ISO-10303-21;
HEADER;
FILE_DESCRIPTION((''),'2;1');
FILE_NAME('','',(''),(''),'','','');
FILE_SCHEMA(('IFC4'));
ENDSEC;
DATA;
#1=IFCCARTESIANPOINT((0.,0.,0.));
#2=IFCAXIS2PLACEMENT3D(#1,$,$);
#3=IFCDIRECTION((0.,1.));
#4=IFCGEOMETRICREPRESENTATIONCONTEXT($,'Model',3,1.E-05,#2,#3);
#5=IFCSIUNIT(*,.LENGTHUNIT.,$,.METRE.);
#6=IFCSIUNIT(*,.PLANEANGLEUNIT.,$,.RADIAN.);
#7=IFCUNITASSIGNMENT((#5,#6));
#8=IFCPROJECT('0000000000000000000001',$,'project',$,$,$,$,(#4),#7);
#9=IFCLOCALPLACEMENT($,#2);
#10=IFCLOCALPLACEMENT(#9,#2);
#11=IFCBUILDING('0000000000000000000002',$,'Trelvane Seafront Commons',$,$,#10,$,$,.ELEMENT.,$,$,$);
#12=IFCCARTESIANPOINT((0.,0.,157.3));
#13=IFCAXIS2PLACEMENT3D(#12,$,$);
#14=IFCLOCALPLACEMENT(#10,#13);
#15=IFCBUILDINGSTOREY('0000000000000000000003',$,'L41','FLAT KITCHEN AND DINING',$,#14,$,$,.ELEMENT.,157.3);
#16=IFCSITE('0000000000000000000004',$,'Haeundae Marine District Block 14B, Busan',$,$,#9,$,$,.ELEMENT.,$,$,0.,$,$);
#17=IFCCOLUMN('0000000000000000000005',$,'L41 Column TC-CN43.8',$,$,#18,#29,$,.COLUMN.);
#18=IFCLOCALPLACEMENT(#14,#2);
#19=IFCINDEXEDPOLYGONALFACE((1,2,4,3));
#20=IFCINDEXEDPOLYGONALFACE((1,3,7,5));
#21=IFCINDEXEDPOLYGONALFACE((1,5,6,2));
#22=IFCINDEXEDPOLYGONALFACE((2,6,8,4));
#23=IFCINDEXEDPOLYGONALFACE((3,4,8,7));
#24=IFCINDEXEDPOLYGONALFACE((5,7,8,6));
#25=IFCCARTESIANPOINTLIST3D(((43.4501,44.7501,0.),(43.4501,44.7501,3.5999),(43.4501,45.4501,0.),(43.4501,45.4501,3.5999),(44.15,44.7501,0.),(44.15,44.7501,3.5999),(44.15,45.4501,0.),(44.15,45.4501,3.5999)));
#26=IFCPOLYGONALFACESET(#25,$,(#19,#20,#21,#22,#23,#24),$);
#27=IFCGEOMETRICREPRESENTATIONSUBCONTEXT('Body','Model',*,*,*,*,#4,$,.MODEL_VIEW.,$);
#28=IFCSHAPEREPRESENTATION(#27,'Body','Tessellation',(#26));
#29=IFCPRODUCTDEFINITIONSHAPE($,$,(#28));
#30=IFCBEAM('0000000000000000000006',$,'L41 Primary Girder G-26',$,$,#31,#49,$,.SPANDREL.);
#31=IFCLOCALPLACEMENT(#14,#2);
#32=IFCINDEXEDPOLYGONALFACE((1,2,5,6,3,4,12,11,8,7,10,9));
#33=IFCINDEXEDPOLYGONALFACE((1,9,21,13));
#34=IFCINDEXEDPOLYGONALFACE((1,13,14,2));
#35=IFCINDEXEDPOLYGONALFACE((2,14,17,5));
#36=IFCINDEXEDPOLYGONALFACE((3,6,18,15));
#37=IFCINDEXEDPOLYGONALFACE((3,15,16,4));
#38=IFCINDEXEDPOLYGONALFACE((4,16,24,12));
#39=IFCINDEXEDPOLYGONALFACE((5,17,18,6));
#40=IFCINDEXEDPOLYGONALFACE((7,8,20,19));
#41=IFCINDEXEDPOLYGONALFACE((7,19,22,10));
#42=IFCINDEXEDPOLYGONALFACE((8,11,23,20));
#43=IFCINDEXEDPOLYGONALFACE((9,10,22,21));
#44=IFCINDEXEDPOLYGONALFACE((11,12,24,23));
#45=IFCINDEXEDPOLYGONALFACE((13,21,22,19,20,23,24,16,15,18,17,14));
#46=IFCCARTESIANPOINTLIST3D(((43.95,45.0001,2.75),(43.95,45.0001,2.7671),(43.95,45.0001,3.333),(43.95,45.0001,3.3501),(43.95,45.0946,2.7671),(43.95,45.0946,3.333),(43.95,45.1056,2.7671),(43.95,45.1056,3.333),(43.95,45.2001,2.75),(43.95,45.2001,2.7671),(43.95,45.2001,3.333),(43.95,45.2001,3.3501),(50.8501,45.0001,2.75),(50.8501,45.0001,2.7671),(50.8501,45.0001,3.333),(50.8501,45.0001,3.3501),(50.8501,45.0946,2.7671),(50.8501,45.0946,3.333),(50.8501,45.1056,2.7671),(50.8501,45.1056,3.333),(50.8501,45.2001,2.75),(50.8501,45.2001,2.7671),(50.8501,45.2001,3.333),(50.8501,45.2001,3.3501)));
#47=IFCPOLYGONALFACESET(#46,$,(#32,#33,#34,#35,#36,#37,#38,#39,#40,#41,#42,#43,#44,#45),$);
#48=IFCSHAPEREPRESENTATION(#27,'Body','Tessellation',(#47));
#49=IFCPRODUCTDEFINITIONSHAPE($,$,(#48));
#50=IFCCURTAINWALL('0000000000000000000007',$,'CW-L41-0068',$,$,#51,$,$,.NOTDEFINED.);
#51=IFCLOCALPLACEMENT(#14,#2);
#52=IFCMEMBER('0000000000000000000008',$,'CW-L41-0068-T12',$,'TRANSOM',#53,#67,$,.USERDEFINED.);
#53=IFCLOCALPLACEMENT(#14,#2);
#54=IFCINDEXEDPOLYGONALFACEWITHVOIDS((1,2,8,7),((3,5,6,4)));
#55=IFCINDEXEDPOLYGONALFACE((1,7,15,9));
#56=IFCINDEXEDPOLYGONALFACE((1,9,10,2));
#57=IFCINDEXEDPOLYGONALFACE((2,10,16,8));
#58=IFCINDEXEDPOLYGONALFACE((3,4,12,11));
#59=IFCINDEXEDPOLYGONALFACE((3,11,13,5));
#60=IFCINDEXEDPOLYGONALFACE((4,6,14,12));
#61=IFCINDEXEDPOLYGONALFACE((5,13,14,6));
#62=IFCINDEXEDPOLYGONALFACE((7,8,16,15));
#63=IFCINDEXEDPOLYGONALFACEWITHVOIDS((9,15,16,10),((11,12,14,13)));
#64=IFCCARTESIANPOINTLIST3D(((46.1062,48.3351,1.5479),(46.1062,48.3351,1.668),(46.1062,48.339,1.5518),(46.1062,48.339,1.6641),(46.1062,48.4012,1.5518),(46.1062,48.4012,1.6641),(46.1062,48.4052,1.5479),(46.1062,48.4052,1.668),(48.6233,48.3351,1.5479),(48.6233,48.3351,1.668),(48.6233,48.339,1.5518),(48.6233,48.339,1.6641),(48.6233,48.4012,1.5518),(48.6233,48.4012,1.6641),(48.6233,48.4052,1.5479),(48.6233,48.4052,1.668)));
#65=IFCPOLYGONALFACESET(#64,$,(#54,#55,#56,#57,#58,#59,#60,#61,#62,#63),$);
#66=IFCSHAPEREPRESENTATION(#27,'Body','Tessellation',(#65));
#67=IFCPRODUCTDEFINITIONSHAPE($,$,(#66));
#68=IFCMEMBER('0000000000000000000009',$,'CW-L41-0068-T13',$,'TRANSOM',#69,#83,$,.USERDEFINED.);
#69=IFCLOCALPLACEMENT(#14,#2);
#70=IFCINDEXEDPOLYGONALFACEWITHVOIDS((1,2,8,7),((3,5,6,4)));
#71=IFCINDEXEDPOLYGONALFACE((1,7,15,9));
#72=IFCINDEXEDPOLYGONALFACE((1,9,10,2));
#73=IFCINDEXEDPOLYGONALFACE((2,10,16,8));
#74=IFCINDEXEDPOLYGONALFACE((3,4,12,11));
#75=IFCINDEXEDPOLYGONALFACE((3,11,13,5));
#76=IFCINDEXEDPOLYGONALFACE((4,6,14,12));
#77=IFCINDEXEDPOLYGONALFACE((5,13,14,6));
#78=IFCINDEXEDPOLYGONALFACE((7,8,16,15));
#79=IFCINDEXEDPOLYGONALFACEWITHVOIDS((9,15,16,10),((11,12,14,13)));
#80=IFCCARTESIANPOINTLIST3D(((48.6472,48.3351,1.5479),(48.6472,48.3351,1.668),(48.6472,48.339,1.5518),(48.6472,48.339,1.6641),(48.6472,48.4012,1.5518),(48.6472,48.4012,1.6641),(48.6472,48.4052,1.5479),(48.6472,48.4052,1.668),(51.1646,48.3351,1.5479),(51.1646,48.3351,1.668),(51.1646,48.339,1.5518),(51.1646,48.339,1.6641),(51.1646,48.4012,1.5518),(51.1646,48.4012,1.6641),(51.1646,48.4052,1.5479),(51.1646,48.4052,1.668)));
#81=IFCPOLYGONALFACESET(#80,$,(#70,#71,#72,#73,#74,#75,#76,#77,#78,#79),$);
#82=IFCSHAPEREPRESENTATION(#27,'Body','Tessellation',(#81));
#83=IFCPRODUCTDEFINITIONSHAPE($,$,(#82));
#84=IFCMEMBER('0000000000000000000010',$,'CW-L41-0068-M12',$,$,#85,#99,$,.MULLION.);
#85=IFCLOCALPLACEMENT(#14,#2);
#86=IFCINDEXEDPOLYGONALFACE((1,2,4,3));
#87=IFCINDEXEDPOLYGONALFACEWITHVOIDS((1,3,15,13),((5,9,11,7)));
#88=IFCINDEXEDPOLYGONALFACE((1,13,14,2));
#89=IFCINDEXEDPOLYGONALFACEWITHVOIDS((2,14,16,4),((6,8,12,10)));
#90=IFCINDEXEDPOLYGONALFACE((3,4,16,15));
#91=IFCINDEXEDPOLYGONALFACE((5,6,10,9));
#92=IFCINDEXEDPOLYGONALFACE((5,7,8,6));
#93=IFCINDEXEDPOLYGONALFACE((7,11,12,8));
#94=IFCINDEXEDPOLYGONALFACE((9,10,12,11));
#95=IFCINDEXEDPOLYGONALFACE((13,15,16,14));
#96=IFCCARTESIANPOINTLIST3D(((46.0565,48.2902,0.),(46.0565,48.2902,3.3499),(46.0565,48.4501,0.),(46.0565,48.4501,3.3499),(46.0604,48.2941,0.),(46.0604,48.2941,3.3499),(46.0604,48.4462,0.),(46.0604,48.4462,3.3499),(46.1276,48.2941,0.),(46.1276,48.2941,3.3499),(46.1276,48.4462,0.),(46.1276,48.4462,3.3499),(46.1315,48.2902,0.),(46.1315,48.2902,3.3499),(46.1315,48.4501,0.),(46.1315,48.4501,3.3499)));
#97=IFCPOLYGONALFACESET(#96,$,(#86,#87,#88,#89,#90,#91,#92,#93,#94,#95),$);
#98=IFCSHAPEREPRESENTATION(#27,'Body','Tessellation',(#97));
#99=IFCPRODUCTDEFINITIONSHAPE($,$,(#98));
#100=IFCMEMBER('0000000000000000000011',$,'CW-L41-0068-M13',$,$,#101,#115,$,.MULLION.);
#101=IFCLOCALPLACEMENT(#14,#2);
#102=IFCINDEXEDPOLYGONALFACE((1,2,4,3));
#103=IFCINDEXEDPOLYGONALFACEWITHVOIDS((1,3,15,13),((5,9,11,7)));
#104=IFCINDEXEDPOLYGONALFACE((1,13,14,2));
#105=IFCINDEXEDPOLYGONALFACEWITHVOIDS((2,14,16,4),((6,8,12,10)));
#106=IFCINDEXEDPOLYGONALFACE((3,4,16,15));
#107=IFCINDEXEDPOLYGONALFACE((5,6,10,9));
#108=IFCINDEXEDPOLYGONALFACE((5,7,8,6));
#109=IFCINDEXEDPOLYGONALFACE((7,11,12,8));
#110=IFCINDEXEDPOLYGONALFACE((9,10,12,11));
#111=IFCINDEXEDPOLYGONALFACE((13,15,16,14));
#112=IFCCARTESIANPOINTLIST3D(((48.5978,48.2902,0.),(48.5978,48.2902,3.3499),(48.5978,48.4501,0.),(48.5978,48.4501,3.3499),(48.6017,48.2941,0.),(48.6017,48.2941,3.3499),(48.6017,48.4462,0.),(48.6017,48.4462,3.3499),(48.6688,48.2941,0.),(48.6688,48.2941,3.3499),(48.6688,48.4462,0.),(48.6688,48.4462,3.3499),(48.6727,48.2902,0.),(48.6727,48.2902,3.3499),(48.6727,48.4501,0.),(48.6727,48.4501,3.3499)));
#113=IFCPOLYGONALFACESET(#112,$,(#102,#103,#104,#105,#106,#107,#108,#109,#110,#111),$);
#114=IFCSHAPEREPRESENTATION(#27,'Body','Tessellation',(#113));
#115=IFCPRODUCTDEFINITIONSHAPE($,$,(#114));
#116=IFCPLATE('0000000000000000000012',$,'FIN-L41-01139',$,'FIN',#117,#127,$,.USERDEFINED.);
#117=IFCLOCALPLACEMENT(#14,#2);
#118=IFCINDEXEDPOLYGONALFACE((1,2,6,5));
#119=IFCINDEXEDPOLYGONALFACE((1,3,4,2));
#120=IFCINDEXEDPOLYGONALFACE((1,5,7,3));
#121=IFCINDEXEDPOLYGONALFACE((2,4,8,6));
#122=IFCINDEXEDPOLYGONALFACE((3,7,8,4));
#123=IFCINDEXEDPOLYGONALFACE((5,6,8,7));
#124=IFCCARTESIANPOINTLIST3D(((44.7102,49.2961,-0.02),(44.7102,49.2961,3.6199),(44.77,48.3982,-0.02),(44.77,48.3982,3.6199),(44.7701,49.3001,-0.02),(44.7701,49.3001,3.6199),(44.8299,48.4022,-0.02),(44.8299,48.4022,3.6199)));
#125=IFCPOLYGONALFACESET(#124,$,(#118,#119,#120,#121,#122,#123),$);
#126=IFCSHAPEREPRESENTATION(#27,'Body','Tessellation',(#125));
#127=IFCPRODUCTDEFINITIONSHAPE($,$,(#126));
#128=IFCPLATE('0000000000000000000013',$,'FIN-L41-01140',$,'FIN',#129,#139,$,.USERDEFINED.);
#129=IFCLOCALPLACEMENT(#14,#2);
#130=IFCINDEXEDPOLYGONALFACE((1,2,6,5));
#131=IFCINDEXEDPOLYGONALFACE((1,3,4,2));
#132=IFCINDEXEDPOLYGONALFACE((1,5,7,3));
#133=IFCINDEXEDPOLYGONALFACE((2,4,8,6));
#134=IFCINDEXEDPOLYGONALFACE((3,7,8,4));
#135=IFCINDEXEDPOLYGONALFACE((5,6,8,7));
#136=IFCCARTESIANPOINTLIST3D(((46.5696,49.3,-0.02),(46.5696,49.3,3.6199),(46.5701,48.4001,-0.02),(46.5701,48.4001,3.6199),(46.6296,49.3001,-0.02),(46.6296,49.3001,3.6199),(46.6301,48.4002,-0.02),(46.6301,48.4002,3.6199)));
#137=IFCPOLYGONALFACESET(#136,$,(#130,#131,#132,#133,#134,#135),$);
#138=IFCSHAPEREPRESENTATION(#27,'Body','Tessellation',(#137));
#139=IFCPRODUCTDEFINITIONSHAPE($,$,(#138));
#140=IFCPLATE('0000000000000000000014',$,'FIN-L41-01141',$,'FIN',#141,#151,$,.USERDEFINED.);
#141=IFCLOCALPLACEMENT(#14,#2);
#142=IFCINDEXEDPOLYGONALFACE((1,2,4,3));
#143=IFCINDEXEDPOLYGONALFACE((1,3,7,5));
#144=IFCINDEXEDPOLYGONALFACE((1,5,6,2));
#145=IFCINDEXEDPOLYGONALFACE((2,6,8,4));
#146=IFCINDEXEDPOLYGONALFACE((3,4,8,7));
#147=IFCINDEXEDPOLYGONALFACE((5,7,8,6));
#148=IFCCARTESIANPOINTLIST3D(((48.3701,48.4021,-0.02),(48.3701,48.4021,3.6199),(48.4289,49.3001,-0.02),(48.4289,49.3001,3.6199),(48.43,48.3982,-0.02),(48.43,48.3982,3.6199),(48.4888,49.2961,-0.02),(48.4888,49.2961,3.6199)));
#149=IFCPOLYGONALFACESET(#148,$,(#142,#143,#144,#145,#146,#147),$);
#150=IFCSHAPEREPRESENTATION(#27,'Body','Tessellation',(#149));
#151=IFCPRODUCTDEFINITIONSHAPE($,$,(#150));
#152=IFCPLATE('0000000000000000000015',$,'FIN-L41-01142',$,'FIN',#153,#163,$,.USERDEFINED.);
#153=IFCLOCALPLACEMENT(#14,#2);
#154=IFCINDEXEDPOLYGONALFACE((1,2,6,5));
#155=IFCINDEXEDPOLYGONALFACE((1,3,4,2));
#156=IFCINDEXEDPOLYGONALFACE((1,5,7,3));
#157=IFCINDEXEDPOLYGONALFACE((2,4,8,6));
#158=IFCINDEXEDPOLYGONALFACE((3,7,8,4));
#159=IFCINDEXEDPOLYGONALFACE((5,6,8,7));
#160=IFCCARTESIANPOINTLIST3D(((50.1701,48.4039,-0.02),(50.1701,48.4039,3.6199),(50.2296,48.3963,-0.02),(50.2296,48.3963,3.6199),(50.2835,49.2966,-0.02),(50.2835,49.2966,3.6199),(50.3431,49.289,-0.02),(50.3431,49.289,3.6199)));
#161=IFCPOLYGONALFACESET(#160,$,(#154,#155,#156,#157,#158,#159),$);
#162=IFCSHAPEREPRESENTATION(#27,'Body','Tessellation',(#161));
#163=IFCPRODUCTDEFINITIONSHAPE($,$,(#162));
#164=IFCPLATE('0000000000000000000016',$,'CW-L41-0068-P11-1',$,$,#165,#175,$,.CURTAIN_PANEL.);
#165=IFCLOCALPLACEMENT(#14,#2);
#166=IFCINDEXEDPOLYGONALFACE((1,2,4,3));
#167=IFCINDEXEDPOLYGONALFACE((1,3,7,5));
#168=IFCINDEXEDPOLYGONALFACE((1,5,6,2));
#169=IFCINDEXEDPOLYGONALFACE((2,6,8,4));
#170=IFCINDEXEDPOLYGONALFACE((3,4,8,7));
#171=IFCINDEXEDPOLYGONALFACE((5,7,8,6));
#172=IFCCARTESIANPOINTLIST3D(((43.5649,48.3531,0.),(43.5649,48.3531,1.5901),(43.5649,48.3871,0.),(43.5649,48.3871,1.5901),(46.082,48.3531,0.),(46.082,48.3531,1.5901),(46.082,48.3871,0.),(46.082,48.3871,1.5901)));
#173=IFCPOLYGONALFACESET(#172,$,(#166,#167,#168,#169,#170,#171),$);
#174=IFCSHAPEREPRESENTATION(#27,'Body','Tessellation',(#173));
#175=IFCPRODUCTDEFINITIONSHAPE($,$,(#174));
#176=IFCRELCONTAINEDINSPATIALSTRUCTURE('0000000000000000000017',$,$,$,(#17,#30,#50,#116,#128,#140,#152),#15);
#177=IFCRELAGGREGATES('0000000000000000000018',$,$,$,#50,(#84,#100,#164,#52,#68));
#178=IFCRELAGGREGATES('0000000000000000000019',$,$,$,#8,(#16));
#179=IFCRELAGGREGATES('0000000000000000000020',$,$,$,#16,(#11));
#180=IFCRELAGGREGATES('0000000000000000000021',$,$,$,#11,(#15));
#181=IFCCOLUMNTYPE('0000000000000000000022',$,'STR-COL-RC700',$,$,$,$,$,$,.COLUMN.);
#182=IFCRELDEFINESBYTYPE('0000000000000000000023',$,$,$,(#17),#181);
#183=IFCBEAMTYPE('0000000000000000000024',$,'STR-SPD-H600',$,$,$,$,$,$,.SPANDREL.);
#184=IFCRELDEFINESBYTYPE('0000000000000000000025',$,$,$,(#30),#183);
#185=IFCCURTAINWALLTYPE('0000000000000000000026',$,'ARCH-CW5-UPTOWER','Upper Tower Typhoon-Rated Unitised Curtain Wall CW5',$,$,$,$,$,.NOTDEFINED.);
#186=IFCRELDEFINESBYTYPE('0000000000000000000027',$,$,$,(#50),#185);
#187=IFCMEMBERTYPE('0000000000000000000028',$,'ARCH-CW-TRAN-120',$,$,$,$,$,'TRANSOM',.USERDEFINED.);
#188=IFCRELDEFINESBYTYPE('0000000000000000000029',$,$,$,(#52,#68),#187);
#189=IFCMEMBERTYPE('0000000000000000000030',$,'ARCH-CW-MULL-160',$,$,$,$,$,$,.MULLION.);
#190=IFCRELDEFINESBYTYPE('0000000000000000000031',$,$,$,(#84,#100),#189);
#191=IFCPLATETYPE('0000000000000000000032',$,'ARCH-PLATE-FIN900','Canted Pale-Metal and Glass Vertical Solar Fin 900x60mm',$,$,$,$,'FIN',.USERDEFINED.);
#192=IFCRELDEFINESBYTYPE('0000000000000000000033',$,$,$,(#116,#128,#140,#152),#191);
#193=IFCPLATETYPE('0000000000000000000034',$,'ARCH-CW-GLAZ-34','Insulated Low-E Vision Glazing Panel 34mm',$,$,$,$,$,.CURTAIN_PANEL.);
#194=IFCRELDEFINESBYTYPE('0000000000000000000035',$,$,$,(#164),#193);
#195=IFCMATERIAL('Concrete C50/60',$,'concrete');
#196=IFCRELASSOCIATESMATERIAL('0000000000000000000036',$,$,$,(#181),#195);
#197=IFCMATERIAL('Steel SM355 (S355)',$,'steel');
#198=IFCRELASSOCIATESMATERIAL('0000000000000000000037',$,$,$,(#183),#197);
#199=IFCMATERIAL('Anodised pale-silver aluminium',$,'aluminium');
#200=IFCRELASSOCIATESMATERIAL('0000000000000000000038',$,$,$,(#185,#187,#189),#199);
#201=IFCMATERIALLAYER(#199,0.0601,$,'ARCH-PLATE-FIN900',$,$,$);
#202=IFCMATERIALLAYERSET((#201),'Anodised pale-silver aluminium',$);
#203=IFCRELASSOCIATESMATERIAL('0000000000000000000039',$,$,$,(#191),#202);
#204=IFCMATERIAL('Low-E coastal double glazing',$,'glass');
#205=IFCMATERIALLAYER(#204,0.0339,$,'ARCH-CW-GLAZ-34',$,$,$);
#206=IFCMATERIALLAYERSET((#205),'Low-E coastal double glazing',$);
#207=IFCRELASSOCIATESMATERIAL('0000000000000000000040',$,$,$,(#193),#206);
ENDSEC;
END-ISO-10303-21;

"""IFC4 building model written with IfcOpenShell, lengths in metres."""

from ifc_helpers import new_model, si_unit, direction, frame, origin, origin_2d, place, context, subcontext, project, spatial, rectangle, hollow_rectangle, i_section, extrude, source, transform, mapped, material, layer, layer_set, material_profile, profile_set, type_object, element, aggregate, save


model = new_model("IFC4")

# Units and contexts
model_context = context("Model", 3, precision=1e-05, world=origin(), true_north=direction((0.0, 1.0)))
body_context = subcontext(model_context, "Body", "Model", "MODEL_VIEW")
ifc_project = project(units=[si_unit("LENGTHUNIT", "METRE"), si_unit("PLANEANGLEUNIT", "RADIAN")], contexts=[model_context])

# Site, building, storey
site_placement = place(None, origin())
site = spatial("IfcSite", under=ifc_project, at=site_placement, Name="Haeundae Marine District Block 14B, Busan", CompositionType="ELEMENT", RefElevation=0.0)
building_placement = place(site_placement, origin())
building = spatial("IfcBuilding", under=site, at=building_placement, Name="Trelvane Seafront Commons", CompositionType="ELEMENT")
storey_placement = place(building_placement, frame((0.0, 0.0, 157.3)))
storey = spatial("IfcBuildingStorey", under=building, at=storey_placement, Name="L41", Description="FLAT KITCHEN AND DINING", CompositionType="ELEMENT", Elevation=157.3)

# Column
ifc_material_1 = material(Name="Concrete C50/60", Category="concrete")
ifc_material_profile_1 = material_profile(ifc_material_1, rectangle(XDim=0.7, YDim=0.7, at=origin_2d()), Name="RC-700x700")
ifc_profile_set_1 = profile_set([ifc_material_profile_1], Name="Concrete C50/60")
column_type = type_object("IfcColumnType", Name="STR-COL-RC700", PredefinedType="COLUMN", material=ifc_profile_set_1)
shared_shape_1 = source(origin(), body_context, "Body", "SweptSolid", [
    extrude(rectangle(XDim=0.7, YDim=0.7, at=origin_2d()), origin(), (0.0, 0.0, 1.0), 3.5999),
])
column_placement = place(storey_placement, frame((43.8, 45.1001, 0.0), z_axis=(0.0, 0.0, 1.0), x_axis=(1.0, 0.0, 0.0)))
element("IfcColumn", 1, at=column_placement, inside=storey, type_object=column_type, Name="L41 Column TC-CN43.8", PredefinedType="COLUMN", context=body_context, shape_type="MappedRepresentation", body=[
    mapped(shared_shape_1, transform((0.0, 0.0, 0.0), x_axis=(1.0, 0.0, 0.0), y_axis=(0.0, 1.0, 0.0), z_axis=(0.0, 0.0, 1.0), scale=1.0)),
])

# Beam
ifc_material_2 = material(Name="Steel SM355 (S355)", Category="steel")
ifc_material_profile_2 = material_profile(ifc_material_2, i_section(OverallWidth=0.2, OverallDepth=0.6001, WebThickness=0.011, FlangeThickness=0.0171, at=origin_2d()), Name="H-600x200x11x17")
ifc_profile_set_2 = profile_set([ifc_material_profile_2], Name="Steel SM355 (S355)")
beam_type = type_object("IfcBeamType", Name="STR-SPD-H600", PredefinedType="SPANDREL", material=ifc_profile_set_2)
shared_shape_2 = source(origin(), body_context, "Body", "SweptSolid", [
    extrude(i_section(OverallWidth=0.2, OverallDepth=0.6001, WebThickness=0.011, FlangeThickness=0.0171, at=origin_2d()), origin(), (0.0, 0.0, 1.0), 6.9001),
])
beam_placement = place(storey_placement, frame((43.95, 45.1001, 3.05), z_axis=(1.0, 0.0, 0.0), x_axis=(0.0, 1.0, 0.0)))
element("IfcBeam", 2, at=beam_placement, inside=storey, type_object=beam_type, Name="L41 Primary Girder G-26", PredefinedType="SPANDREL", context=body_context, shape_type="MappedRepresentation", body=[
    mapped(shared_shape_2, transform((0.0, 0.0, 0.0), x_axis=(1.0, 0.0, 0.0), y_axis=(0.0, 1.0, 0.0), z_axis=(0.0, 0.0, 1.0), scale=1.0)),
])

# Curtain wall, members
ifc_material_3 = material(Name="Anodised pale-silver aluminium", Category="aluminium")
curtain_wall_type = type_object("IfcCurtainWallType", Name="ARCH-CW5-UPTOWER", Description="Upper Tower Typhoon-Rated Unitised Curtain Wall CW5", PredefinedType="NOTDEFINED", material=ifc_material_3)
curtain_wall_placement = place(storey_placement, origin())
curtain_wall = element("IfcCurtainWall", 3, at=curtain_wall_placement, inside=storey, type_object=curtain_wall_type, Name="CW-L41-0068", PredefinedType="NOTDEFINED")
ifc_material_profile_3 = material_profile(ifc_material_3, hollow_rectangle(XDim=0.0701, YDim=0.1201, WallThickness=0.0039, at=origin_2d()), Name="TRAN-70x120x4")
ifc_profile_set_3 = profile_set([ifc_material_profile_3], Name="Anodised pale-silver aluminium")
member_type_1 = type_object("IfcMemberType", Name="ARCH-CW-TRAN-120", ElementType="TRANSOM", PredefinedType="USERDEFINED", material=ifc_profile_set_3)
shared_shape_3 = source(origin(), body_context, "Body", "SweptSolid", [
    extrude(hollow_rectangle(XDim=0.0701, YDim=0.1201, WallThickness=0.0039, at=origin_2d()), origin(), (0.0, 0.0, 1.0), 2.5171),
])
member_1_placement = place(storey_placement, frame((46.1062, 48.3701, 1.6079), z_axis=(1.0, 0.0, 0.0), x_axis=(0.0, 1.0, 0.0)))
member_1 = element("IfcMember", 4, at=member_1_placement, type_object=member_type_1, Name="CW-L41-0068-T12", ObjectType="TRANSOM", PredefinedType="USERDEFINED", context=body_context, shape_type="MappedRepresentation", body=[
    mapped(shared_shape_3, transform((0.0, 0.0, 0.0), x_axis=(1.0, 0.0, 0.0), y_axis=(0.0, 1.0, 0.0), z_axis=(0.0, 0.0, 1.0), scale=1.0)),
])
shared_shape_4 = source(origin(), body_context, "Body", "SweptSolid", [
    extrude(hollow_rectangle(XDim=0.0701, YDim=0.1201, WallThickness=0.0039, at=origin_2d()), origin(), (0.0, 0.0, 1.0), 2.5173),
])
member_2_placement = place(storey_placement, frame((48.6472, 48.3701, 1.6079), z_axis=(1.0, 0.0, 0.0), x_axis=(0.0, 1.0, 0.0)))
member_2 = element("IfcMember", 5, at=member_2_placement, type_object=member_type_1, Name="CW-L41-0068-T13", ObjectType="TRANSOM", PredefinedType="USERDEFINED", context=body_context, shape_type="MappedRepresentation", body=[
    mapped(shared_shape_4, transform((0.0, 0.0, 0.0), x_axis=(1.0, 0.0, 0.0), y_axis=(0.0, 1.0, 0.0), z_axis=(0.0, 0.0, 1.0), scale=1.0)),
])
ifc_material_profile_4 = material_profile(ifc_material_3, hollow_rectangle(XDim=0.075, YDim=0.1599, WallThickness=0.0039, at=origin_2d()), Name="MULL-75x160x4")
ifc_profile_set_4 = profile_set([ifc_material_profile_4], Name="Anodised pale-silver aluminium")
member_type_2 = type_object("IfcMemberType", Name="ARCH-CW-MULL-160", PredefinedType="MULLION", material=ifc_profile_set_4)
shared_shape_5 = source(origin(), body_context, "Body", "SweptSolid", [
    extrude(hollow_rectangle(XDim=0.075, YDim=0.1599, WallThickness=0.0039, at=origin_2d()), origin(), (0.0, 0.0, 1.0), 3.3499),
])
member_3_placement = place(storey_placement, frame((46.094, 48.3701, 0.0), z_axis=(0.0, 0.0, 1.0), x_axis=(1.0, 0.0, 0.0)))
member_3 = element("IfcMember", 6, at=member_3_placement, type_object=member_type_2, Name="CW-L41-0068-M12", PredefinedType="MULLION", context=body_context, shape_type="MappedRepresentation", body=[
    mapped(shared_shape_5, transform((0.0, 0.0, 0.0), x_axis=(1.0, 0.0, 0.0), y_axis=(0.0, 1.0, 0.0), z_axis=(0.0, 0.0, 1.0), scale=1.0)),
])
member_4_placement = place(storey_placement, frame((48.6353, 48.3701, 0.0), z_axis=(0.0, 0.0, 1.0), x_axis=(1.0, 0.0, 0.0)))
member_4 = element("IfcMember", 7, at=member_4_placement, type_object=member_type_2, Name="CW-L41-0068-M13", PredefinedType="MULLION", context=body_context, shape_type="MappedRepresentation", body=[
    mapped(shared_shape_5, transform((0.0, 0.0, 0.0), x_axis=(1.0, 0.0, 0.0), y_axis=(0.0, 1.0, 0.0), z_axis=(0.0, 0.0, 1.0), scale=1.0)),
])

# Plates
ifc_layer_1 = layer(ifc_material_3, 0.0601, Name="ARCH-PLATE-FIN900")
ifc_layer_set_1 = layer_set([ifc_layer_1], Name="Anodised pale-silver aluminium")
plate_type_1 = type_object("IfcPlateType", Name="ARCH-PLATE-FIN900", Description="Canted Pale-Metal and Glass Vertical Solar Fin 900x60mm", ElementType="FIN", PredefinedType="USERDEFINED", material=ifc_layer_set_1)
shared_shape_6 = source(origin(), body_context, "Body", "SweptSolid", [
    extrude(rectangle(XDim=0.8999, YDim=0.0601, at=origin_2d()), origin(), (0.0, 0.0, 1.0), 3.6399),
])
for number, where, z_axis, x_axis, name in (
    (8, (44.77, 48.8491, -0.02), (0.0, 0.0, 1.0), (-0.066445, 0.99779, 0.0), "FIN-L41-01139"),
    (9, (46.5999, 48.8501, -0.02), (0.0, 0.0, 1.0), (-0.000555, 1.0, 0.0), "FIN-L41-01140"),
    (10, (48.4294, 48.8491, -0.02), (0.0, 0.0, 1.0), (0.065332, 0.997864, 0.0), "FIN-L41-01141"),
    (11, (50.2566, 48.8464, -0.02), (0.0, 0.0, 1.0), (0.126112, 0.992016, 0.0), "FIN-L41-01142"),
):
    element("IfcPlate", number, at=place(storey_placement, frame(where, z_axis=z_axis, x_axis=x_axis)), inside=storey, type_object=plate_type_1, Name=name, ObjectType="FIN", PredefinedType="USERDEFINED", context=body_context, shape_type="MappedRepresentation", body=[
        mapped(shared_shape_6, transform((0.0, 0.0, 0.0), x_axis=(1.0, 0.0, 0.0), y_axis=(0.0, 1.0, 0.0), z_axis=(0.0, 0.0, 1.0), scale=1.0)),
    ])

# Plate
ifc_material_4 = material(Name="Low-E coastal double glazing", Category="glass")
ifc_layer_2 = layer(ifc_material_4, 0.0339, Name="ARCH-CW-GLAZ-34")
ifc_layer_set_2 = layer_set([ifc_layer_2], Name="Low-E coastal double glazing")
plate_type_2 = type_object("IfcPlateType", Name="ARCH-CW-GLAZ-34", Description="Insulated Low-E Vision Glazing Panel 34mm", PredefinedType="CURTAIN_PANEL", material=ifc_layer_set_2)
shared_shape_7 = source(origin(), body_context, "Body", "SweptSolid", [
    extrude(rectangle(XDim=2.5171, YDim=0.0339, at=origin_2d()), origin(), (0.0, 0.0, 1.0), 1.5901),
])
plate_1_placement = place(storey_placement, frame((44.8235, 48.3701, 0.0), z_axis=(0.0, 0.0, 1.0), x_axis=(1.0, 0.0, 0.0)))
plate_1 = element("IfcPlate", 12, at=plate_1_placement, type_object=plate_type_2, Name="CW-L41-0068-P11-1", PredefinedType="CURTAIN_PANEL", context=body_context, shape_type="MappedRepresentation", body=[
    mapped(shared_shape_7, transform((0.0, 0.0, 0.0), x_axis=(1.0, 0.0, 0.0), y_axis=(0.0, 1.0, 0.0), z_axis=(0.0, 0.0, 1.0), scale=1.0)),
])
aggregate(curtain_wall, [member_3, member_4, plate_1, member_1, member_2])

save(model, "model.ifc")
